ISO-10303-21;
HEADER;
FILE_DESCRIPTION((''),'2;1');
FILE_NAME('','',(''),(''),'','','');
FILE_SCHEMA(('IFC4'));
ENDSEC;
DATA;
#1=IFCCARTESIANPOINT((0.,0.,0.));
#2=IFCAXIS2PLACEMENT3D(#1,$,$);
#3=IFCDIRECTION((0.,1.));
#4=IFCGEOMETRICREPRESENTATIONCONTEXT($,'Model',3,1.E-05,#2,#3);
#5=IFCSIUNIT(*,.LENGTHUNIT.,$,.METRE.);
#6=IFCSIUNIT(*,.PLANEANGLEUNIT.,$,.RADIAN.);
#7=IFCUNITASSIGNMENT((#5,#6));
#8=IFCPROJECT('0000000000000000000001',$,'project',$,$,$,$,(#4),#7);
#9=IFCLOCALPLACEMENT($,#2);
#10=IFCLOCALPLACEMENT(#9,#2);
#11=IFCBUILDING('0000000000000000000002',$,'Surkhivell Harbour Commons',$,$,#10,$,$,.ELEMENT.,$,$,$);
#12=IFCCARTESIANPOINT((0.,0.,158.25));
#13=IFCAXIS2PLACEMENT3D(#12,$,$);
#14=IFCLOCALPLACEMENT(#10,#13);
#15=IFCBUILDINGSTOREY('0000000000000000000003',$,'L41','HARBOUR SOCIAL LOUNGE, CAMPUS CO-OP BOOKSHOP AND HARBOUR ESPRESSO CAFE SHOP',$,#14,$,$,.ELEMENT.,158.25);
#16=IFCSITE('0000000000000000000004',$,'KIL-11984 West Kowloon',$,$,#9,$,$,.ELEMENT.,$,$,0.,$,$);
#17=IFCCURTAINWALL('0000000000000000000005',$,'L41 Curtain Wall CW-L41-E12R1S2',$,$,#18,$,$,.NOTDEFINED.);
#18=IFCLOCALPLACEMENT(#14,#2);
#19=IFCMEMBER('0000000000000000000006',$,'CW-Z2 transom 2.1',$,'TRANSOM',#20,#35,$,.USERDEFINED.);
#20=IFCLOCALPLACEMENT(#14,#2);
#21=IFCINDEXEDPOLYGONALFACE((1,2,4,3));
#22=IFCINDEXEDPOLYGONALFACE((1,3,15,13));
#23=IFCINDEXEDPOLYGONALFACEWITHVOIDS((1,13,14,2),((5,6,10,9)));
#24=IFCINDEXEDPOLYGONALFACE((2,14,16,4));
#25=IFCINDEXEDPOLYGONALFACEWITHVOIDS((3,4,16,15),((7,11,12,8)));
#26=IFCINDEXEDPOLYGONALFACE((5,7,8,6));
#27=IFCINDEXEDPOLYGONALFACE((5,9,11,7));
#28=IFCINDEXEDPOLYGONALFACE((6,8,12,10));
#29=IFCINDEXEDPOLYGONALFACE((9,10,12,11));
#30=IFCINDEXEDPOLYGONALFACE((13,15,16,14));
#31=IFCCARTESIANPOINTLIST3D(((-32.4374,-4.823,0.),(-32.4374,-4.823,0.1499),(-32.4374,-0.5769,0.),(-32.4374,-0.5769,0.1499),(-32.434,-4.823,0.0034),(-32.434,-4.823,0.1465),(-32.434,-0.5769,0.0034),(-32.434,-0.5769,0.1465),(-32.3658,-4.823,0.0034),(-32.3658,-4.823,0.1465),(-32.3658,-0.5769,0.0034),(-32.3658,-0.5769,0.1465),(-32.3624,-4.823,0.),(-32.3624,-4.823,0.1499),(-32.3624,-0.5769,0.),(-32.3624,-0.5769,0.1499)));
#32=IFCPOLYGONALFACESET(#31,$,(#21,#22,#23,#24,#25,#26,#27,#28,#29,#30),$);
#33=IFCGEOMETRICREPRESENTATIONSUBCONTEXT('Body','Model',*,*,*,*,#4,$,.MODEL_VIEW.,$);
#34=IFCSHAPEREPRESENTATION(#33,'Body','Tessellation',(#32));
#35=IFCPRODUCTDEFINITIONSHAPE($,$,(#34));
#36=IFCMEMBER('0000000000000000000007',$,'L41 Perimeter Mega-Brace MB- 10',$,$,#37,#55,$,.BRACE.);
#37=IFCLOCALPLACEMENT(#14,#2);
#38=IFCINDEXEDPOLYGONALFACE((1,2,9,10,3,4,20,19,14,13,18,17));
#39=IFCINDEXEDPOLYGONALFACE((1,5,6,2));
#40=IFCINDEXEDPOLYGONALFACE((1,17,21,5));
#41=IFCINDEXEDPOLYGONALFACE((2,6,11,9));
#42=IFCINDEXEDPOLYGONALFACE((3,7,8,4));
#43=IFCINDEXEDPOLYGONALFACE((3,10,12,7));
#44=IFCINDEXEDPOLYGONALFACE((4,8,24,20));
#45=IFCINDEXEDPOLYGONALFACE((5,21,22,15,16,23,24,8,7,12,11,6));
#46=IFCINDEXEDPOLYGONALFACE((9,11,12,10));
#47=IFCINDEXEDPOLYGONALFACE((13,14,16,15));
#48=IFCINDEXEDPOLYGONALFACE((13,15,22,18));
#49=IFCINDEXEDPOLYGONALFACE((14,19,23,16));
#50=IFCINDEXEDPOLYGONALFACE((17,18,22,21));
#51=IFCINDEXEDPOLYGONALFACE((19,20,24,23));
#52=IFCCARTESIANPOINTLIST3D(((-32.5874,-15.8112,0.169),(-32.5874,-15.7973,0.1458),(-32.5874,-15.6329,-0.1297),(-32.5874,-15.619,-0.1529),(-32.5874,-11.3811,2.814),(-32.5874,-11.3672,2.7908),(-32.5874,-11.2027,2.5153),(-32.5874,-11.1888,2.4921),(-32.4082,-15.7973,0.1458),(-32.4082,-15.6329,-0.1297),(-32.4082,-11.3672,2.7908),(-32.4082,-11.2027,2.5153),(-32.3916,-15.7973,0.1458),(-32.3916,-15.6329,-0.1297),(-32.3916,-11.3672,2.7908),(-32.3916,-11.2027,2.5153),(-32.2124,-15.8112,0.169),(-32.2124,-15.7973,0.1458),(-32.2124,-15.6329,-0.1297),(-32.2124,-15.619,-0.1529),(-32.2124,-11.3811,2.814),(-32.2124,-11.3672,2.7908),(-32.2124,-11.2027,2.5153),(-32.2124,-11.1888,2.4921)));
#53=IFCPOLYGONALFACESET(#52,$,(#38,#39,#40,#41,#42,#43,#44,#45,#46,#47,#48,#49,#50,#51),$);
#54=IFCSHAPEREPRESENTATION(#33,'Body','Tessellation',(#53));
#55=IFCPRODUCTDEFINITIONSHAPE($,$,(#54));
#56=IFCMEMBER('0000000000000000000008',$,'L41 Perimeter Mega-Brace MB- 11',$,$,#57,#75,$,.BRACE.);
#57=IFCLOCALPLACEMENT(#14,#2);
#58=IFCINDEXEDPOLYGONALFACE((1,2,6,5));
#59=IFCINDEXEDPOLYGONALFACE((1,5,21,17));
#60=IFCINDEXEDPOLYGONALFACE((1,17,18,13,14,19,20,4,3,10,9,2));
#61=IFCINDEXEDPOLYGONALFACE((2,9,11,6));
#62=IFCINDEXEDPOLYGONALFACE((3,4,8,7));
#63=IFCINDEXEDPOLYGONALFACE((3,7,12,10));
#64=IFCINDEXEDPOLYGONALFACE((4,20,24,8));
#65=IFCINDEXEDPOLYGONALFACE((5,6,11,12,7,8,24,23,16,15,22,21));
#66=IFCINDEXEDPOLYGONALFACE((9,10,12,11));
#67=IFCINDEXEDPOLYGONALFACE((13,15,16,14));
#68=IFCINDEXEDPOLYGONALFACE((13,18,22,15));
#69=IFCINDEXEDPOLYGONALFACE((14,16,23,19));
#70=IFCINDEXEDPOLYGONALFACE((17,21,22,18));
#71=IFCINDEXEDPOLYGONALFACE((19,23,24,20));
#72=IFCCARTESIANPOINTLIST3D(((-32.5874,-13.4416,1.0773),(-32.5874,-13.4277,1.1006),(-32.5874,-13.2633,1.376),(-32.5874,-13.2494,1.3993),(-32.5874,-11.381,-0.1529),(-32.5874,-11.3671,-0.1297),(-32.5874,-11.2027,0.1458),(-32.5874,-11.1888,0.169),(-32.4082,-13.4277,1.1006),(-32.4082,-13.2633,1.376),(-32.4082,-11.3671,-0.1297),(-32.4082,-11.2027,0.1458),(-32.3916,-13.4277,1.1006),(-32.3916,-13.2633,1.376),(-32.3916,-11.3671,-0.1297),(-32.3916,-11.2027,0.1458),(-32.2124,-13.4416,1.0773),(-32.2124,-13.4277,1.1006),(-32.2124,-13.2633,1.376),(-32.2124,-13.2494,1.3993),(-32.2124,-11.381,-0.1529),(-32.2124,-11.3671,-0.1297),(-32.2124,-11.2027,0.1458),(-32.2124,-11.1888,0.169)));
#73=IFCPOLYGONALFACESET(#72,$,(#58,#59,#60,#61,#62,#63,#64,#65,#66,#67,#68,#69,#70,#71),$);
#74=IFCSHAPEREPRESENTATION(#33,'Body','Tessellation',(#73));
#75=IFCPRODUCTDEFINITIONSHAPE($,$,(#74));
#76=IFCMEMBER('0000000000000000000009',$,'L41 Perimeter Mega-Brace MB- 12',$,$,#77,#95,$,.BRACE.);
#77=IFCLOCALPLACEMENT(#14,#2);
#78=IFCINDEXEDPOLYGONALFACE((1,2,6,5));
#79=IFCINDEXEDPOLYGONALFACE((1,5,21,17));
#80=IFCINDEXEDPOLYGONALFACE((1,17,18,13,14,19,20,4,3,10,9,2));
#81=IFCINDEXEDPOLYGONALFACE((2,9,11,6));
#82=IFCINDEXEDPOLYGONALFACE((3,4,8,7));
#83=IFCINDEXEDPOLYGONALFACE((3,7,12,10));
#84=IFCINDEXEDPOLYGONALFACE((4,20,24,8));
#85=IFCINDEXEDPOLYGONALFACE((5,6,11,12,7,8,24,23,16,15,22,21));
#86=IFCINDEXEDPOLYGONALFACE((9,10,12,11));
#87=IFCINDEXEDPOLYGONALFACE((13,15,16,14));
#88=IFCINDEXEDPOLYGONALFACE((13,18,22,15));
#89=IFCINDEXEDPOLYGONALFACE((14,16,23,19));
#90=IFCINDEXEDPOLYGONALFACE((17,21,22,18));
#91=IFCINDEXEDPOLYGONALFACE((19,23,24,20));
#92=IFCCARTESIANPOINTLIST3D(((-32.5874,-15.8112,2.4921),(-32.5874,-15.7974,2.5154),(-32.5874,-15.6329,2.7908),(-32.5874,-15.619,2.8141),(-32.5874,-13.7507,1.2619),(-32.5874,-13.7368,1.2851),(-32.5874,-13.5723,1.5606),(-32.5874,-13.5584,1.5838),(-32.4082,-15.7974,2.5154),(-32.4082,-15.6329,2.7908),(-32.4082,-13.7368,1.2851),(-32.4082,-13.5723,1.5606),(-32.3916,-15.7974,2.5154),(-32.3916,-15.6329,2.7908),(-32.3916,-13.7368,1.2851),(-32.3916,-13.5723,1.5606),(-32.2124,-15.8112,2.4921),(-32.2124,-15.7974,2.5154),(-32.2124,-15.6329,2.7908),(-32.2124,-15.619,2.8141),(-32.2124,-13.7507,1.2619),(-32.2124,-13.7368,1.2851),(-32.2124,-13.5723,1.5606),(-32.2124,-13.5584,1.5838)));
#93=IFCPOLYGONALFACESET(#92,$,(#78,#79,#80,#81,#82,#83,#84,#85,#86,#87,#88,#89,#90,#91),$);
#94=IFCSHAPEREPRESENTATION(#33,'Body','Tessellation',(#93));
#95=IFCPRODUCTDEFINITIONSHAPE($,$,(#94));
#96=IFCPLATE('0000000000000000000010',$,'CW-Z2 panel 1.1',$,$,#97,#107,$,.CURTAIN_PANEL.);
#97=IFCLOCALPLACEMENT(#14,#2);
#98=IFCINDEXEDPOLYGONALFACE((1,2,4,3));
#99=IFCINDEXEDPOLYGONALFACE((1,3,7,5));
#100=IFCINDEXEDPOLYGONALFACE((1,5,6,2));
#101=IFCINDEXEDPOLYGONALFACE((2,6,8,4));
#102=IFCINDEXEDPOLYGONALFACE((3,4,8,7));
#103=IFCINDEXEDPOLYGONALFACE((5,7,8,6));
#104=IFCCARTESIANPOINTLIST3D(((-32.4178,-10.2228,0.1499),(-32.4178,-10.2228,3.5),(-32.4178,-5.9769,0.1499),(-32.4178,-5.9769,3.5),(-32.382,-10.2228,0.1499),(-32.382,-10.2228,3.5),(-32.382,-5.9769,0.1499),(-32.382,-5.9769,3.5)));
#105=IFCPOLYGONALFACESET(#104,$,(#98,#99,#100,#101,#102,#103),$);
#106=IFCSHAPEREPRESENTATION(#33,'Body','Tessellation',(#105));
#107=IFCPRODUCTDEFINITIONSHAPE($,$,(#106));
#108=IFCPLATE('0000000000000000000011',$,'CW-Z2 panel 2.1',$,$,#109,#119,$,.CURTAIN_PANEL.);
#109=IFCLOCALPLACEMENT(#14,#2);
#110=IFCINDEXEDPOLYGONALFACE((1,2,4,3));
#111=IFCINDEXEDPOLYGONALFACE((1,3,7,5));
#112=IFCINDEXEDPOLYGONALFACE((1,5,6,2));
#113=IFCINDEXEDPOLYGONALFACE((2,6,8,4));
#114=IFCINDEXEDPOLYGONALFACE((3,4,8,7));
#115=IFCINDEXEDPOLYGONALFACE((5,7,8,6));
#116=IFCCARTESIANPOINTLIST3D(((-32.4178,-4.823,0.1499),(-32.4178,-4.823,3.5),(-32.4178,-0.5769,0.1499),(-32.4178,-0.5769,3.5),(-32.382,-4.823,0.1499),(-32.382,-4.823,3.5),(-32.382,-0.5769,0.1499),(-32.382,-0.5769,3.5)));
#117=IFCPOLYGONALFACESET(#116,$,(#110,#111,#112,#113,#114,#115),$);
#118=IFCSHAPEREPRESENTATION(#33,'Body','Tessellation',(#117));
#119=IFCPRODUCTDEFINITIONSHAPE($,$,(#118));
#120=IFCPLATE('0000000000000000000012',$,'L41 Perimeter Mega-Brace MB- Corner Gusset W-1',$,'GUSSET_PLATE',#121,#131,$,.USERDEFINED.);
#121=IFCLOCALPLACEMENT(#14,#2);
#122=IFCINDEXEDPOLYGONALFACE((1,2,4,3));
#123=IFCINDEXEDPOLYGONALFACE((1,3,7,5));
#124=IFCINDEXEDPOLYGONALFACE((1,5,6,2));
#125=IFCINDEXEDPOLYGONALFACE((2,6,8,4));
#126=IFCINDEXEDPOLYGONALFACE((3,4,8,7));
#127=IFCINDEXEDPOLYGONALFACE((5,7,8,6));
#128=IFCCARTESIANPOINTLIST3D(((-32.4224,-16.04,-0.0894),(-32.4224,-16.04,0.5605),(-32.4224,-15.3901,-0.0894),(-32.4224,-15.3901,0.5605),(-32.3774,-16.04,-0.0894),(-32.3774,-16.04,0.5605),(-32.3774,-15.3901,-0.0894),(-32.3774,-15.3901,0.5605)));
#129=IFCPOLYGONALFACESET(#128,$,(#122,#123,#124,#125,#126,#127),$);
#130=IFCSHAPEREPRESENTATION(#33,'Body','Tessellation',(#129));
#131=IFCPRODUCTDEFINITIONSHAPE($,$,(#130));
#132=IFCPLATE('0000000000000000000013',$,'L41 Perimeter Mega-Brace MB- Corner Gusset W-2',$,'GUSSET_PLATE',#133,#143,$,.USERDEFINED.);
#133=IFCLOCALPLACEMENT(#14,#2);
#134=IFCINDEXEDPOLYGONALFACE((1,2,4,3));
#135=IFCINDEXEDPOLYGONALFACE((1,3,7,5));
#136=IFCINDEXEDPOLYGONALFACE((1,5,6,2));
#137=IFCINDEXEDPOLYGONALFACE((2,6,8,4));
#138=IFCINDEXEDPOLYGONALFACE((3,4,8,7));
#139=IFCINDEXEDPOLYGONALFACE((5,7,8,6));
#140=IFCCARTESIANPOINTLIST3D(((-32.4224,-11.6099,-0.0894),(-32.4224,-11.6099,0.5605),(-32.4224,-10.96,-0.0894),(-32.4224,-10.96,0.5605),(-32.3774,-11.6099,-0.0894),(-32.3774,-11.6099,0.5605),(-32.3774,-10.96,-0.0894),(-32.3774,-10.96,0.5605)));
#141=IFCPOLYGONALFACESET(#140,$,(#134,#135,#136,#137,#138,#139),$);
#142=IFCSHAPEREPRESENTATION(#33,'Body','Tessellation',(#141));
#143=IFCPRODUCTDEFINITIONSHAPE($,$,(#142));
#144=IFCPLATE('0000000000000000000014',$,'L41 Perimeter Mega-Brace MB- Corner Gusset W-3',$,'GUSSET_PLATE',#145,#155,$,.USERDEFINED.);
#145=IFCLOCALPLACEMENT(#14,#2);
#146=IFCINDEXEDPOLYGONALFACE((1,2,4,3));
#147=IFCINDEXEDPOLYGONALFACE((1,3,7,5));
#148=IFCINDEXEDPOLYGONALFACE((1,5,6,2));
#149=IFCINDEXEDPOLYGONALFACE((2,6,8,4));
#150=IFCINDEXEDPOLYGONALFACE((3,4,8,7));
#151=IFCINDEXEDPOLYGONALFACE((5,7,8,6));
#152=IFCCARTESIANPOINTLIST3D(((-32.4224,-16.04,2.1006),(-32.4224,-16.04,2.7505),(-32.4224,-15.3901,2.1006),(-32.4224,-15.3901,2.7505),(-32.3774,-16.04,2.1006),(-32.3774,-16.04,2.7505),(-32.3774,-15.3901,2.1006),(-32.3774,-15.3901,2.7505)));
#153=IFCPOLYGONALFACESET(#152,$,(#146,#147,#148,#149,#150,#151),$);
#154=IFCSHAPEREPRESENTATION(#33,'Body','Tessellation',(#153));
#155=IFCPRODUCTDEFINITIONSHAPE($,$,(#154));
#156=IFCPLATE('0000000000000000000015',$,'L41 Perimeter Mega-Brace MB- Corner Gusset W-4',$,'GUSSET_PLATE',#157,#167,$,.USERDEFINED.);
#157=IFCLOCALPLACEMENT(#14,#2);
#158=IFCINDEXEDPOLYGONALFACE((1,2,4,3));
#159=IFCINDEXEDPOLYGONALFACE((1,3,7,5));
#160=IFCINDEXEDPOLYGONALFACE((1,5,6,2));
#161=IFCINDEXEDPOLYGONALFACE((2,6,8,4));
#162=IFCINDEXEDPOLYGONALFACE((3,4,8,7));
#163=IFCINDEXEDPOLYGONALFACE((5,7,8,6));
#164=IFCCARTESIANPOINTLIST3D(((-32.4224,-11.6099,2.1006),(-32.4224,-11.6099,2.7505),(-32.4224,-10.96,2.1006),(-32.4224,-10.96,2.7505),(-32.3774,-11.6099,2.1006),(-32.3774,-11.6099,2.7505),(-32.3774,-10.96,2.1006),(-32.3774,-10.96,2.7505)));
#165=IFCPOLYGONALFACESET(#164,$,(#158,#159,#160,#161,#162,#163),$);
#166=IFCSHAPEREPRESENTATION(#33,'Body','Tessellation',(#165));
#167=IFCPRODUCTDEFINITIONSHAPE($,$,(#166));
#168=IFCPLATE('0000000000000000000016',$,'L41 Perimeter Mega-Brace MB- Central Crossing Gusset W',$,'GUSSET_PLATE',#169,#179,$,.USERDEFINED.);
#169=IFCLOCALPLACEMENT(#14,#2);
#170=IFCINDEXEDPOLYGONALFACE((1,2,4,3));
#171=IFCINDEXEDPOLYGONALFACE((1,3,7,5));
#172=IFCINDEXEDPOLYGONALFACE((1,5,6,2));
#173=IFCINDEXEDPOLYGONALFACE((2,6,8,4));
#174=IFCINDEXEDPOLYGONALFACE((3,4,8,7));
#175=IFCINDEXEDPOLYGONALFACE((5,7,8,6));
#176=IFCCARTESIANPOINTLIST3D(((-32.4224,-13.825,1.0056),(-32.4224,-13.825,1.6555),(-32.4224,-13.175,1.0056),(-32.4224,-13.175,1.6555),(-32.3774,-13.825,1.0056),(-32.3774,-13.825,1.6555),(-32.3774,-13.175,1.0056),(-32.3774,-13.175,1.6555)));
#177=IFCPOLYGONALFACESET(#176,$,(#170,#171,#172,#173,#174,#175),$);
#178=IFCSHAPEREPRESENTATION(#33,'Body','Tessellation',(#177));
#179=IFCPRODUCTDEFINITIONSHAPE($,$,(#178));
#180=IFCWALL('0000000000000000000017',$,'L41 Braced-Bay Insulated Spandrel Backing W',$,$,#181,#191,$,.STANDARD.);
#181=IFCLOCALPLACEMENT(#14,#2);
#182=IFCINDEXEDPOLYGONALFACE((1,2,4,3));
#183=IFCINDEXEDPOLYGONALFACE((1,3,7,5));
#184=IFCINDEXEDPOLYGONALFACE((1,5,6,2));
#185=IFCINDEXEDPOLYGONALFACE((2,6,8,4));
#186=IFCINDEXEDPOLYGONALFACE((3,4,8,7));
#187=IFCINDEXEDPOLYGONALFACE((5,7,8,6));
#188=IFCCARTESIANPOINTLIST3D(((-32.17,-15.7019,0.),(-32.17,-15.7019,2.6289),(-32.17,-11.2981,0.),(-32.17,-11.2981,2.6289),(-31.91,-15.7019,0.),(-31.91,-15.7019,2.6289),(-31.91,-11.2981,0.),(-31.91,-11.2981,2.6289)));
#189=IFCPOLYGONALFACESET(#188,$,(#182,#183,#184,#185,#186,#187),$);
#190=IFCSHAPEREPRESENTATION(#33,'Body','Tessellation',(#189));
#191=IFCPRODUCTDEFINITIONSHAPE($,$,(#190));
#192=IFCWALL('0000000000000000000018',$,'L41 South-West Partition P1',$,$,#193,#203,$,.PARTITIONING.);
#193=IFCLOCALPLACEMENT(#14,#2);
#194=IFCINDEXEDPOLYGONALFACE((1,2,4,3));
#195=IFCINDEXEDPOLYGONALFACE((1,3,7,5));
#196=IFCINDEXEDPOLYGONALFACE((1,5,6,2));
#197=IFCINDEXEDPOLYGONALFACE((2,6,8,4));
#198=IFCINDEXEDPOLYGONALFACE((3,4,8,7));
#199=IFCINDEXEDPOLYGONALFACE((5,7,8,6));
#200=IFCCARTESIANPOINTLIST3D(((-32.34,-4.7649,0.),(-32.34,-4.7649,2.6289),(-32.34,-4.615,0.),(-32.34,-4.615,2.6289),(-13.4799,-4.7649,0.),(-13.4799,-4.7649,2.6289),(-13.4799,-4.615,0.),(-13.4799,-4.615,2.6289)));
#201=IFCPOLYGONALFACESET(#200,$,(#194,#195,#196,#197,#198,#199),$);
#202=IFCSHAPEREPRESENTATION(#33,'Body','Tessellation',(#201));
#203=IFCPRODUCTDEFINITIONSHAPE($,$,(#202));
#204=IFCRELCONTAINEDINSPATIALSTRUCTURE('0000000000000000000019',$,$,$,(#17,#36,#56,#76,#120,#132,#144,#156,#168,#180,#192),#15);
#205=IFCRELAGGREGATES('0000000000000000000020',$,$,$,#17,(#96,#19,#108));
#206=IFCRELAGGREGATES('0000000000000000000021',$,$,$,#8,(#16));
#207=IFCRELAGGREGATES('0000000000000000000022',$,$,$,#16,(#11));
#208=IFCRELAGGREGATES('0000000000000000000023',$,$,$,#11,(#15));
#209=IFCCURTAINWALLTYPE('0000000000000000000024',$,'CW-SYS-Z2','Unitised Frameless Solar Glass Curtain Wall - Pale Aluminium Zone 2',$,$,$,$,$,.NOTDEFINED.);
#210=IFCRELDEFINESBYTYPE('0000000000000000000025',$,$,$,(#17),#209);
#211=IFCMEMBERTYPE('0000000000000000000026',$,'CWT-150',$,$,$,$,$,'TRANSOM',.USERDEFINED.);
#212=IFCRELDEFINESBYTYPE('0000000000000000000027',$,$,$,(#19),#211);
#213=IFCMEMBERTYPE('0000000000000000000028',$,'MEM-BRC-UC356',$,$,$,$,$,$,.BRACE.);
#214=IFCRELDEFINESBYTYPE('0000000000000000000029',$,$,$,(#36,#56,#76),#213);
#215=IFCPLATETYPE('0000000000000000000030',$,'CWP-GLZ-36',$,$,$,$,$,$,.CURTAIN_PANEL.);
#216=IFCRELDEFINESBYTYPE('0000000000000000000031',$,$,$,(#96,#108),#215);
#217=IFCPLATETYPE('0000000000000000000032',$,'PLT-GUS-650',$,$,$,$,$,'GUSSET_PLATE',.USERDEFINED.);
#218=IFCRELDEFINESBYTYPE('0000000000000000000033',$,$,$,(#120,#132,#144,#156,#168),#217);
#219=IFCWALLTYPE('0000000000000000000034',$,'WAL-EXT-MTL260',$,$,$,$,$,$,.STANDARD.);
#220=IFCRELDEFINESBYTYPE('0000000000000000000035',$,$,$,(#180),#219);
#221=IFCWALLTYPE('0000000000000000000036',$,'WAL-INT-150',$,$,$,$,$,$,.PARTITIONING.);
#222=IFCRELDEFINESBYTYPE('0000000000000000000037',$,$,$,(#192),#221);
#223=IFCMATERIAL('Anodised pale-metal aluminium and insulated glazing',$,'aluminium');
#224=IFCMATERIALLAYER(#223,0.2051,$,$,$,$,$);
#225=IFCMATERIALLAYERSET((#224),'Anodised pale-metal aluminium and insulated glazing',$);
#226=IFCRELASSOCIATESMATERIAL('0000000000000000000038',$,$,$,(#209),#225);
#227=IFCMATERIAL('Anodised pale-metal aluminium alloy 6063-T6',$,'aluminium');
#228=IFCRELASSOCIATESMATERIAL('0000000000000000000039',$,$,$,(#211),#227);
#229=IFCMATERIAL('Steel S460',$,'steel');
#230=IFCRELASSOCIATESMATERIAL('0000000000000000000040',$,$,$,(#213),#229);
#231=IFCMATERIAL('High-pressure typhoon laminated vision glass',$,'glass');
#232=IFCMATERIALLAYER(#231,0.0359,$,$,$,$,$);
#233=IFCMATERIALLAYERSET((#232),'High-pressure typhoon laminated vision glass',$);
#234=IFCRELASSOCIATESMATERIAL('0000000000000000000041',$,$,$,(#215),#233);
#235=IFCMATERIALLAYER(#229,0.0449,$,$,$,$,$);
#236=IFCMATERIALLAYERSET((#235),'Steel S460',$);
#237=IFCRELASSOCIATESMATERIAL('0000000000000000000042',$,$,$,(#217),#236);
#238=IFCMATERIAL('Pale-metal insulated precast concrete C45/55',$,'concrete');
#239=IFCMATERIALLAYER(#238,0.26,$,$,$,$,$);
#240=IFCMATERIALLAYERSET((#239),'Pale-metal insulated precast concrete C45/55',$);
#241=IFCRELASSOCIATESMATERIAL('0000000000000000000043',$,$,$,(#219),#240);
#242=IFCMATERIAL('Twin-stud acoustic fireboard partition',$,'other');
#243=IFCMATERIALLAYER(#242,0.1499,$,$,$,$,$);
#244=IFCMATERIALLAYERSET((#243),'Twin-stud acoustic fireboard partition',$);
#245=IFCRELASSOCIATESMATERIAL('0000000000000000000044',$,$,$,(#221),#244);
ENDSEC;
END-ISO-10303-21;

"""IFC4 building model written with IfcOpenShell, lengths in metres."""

from ifc_helpers import new_model, si_unit, direction, frame, frame_2d, origin, origin_2d, place, context, subcontext, project, spatial, rectangle, hollow_rectangle, i_section, extrude, material, layer, layer_set, material_profile, profile_set, type_object, element, aggregate, save


model = new_model("IFC4")

# Units and contexts
model_context = context("Model", 3, precision=1e-05, world=origin(), true_north=direction((0.0, 1.0)))
body_context = subcontext(model_context, "Body", "Model", "MODEL_VIEW")
ifc_project = project(units=[si_unit("LENGTHUNIT", "METRE"), si_unit("PLANEANGLEUNIT", "RADIAN")], contexts=[model_context])

# Site, building, storey
site_placement = place(None, origin())
site = spatial("IfcSite", under=ifc_project, at=site_placement, Name="KIL-11984 West Kowloon", CompositionType="ELEMENT", RefElevation=0.0)
building_placement = place(site_placement, origin())
building = spatial("IfcBuilding", under=site, at=building_placement, Name="Surkhivell Harbour Commons", CompositionType="ELEMENT")
storey_placement = place(building_placement, frame((0.0, 0.0, 158.25)))
storey = spatial("IfcBuildingStorey", under=building, at=storey_placement, Name="L41", Description="HARBOUR SOCIAL LOUNGE, CAMPUS CO-OP BOOKSHOP AND HARBOUR ESPRESSO CAFE SHOP", CompositionType="ELEMENT", Elevation=158.25)

# Shared definitions
ifc_material_1 = material(Name="Steel S460", Category="steel")

# Curtain wall, member
ifc_material_2 = material(Name="Anodised pale-metal aluminium and insulated glazing", Category="aluminium")
ifc_layer_1 = layer(ifc_material_2, 0.2051)
ifc_layer_set_1 = layer_set([ifc_layer_1], Name="Anodised pale-metal aluminium and insulated glazing")
curtain_wall_type = type_object("IfcCurtainWallType", Name="CW-SYS-Z2", Description="Unitised Frameless Solar Glass Curtain Wall - Pale Aluminium Zone 2", PredefinedType="NOTDEFINED", material=ifc_layer_set_1)
curtain_wall_placement = place(storey_placement, origin())
curtain_wall = element("IfcCurtainWall", 1, at=curtain_wall_placement, inside=storey, type_object=curtain_wall_type, Name="L41 Curtain Wall CW-L41-E12R1S2", PredefinedType="NOTDEFINED")
ifc_material_3 = material(Name="Anodised pale-metal aluminium alloy 6063-T6", Category="aluminium")
ifc_material_profile_1 = material_profile(ifc_material_3, hollow_rectangle(XDim=0.075, YDim=0.1499, WallThickness=0.0034, at=origin_2d()), Name="ALU-TRAN-75x150")
ifc_profile_set_1 = profile_set([ifc_material_profile_1], Name="Anodised pale-metal aluminium alloy 6063-T6")
member_type_1 = type_object("IfcMemberType", Name="CWT-150", ElementType="TRANSOM", PredefinedType="USERDEFINED", material=ifc_profile_set_1)
member_1_placement = place(storey_placement, frame((-32.3999, -4.823, 0.075), z_axis=(0.0, 1.0, 0.0), x_axis=(-1.0, 0.0, 0.0)))
member_1 = element("IfcMember", 2, at=member_1_placement, type_object=member_type_1, Name="CW-Z2 transom 2.1", ObjectType="TRANSOM", PredefinedType="USERDEFINED", context=body_context, shape_type="SweptSolid", body=[
    extrude(hollow_rectangle(XDim=0.075, YDim=0.1499, WallThickness=0.0034, at=origin_2d()), origin(), (0.0, 0.0, 1.0), 4.2461),
])

# Members
ifc_material_profile_2 = material_profile(ifc_material_1, i_section(OverallWidth=0.375, OverallDepth=0.375, WebThickness=0.0166, FlangeThickness=0.0271, at=origin_2d()), Name="UC356x368x202")
ifc_profile_set_2 = profile_set([ifc_material_profile_2], Name="Steel S460")
member_type_2 = type_object("IfcMemberType", Name="MEM-BRC-UC356", PredefinedType="BRACE", material=ifc_profile_set_2)
member_2_placement = place(storey_placement, frame((-32.3999, -15.7151, 0.0081), z_axis=(0.0, 0.85861, 0.51263), x_axis=(-1.0, 0.0, 0.0)))
element("IfcMember", 3, at=member_2_placement, inside=storey, type_object=member_type_2, Name="L41 Perimeter Mega-Brace MB- 10", PredefinedType="BRACE", context=body_context, shape_type="SweptSolid", body=[
    extrude(i_section(OverallWidth=0.375, OverallDepth=0.375, WebThickness=0.0166, FlangeThickness=0.0271, at=origin_2d()), origin(), (0.0, 0.0, 1.0), 5.1597),
])
for number, where, z_axis, x_axis, name in (
    (4, (-32.3999, -11.2849, 0.0081), (0.0, -0.858613, 0.512624), (1.0, 0.0, 0.0), "L41 Perimeter Mega-Brace MB- 11"),
    (5, (-32.3999, -13.6545, 1.4229), (0.0, -0.858613, 0.512624), (1.0, 0.0, 0.0), "L41 Perimeter Mega-Brace MB- 12"),
):
    element("IfcMember", number, at=place(storey_placement, frame(where, z_axis=z_axis, x_axis=x_axis)), inside=storey, type_object=member_type_2, Name=name, PredefinedType="BRACE", context=body_context, shape_type="SweptSolid", body=[
        extrude(i_section(OverallWidth=0.375, OverallDepth=0.375, WebThickness=0.0166, FlangeThickness=0.0271, at=origin_2d()), origin(), (0.0, 0.0, 1.0), 2.3999),
    ])

# Plates
ifc_material_4 = material(Name="High-pressure typhoon laminated vision glass", Category="glass")
ifc_layer_2 = layer(ifc_material_4, 0.0359)
ifc_layer_set_2 = layer_set([ifc_layer_2], Name="High-pressure typhoon laminated vision glass")
plate_type_1 = type_object("IfcPlateType", Name="CWP-GLZ-36", PredefinedType="CURTAIN_PANEL", material=ifc_layer_set_2)
plate_1_placement = place(storey_placement, frame((-32.3999, -10.2229, 0.1499), z_axis=(0.0, 0.0, 1.0), x_axis=(0.0, 1.0, 0.0)))
plate_1 = element("IfcPlate", 6, at=plate_1_placement, type_object=plate_type_1, Name="CW-Z2 panel 1.1", PredefinedType="CURTAIN_PANEL", context=body_context, shape_type="SweptSolid", body=[
    extrude(rectangle(XDim=4.2458, YDim=0.0359, at=frame_2d((2.123, 0.0))), origin(), (0.0, 0.0, 1.0), 3.3501),
])
plate_2_placement = place(storey_placement, frame((-32.3999, -4.823, 0.1499), z_axis=(0.0, 0.0, 1.0), x_axis=(0.0, 1.0, 0.0)))
plate_2 = element("IfcPlate", 7, at=plate_2_placement, type_object=plate_type_1, Name="CW-Z2 panel 2.1", PredefinedType="CURTAIN_PANEL", context=body_context, shape_type="SweptSolid", body=[
    extrude(rectangle(XDim=4.2461, YDim=0.0359, at=frame_2d((2.123, 0.0))), origin(), (0.0, 0.0, 1.0), 3.3501),
])
aggregate(curtain_wall, [plate_1, member_1, plate_2])

# Plates
ifc_layer_3 = layer(ifc_material_1, 0.0449)
ifc_layer_set_3 = layer_set([ifc_layer_3], Name="Steel S460")
plate_type_2 = type_object("IfcPlateType", Name="PLT-GUS-650", ElementType="GUSSET_PLATE", PredefinedType="USERDEFINED", material=ifc_layer_set_3)
for number, where, z_axis, x_axis, name in (
    (8, (-32.3999, -15.7151, -0.0894), (0.0, 0.0, 1.0), (0.0, 1.0, 0.0), "L41 Perimeter Mega-Brace MB- Corner Gusset W-1"),
    (9, (-32.3999, -11.2849, -0.0894), (0.0, 0.0, 1.0), (0.0, 1.0, 0.0), "L41 Perimeter Mega-Brace MB- Corner Gusset W-2"),
    (10, (-32.3999, -15.7151, 2.1006), (0.0, 0.0, 1.0), (0.0, 1.0, 0.0), "L41 Perimeter Mega-Brace MB- Corner Gusset W-3"),
    (11, (-32.3999, -11.2849, 2.1006), (0.0, 0.0, 1.0), (0.0, 1.0, 0.0), "L41 Perimeter Mega-Brace MB- Corner Gusset W-4"),
    (12, (-32.3999, -13.5, 1.0056), (0.0, 0.0, 1.0), (0.0, 1.0, 0.0), "L41 Perimeter Mega-Brace MB- Central Crossing Gusset W"),
):
    element("IfcPlate", number, at=place(storey_placement, frame(where, z_axis=z_axis, x_axis=x_axis)), inside=storey, type_object=plate_type_2, Name=name, ObjectType="GUSSET_PLATE", PredefinedType="USERDEFINED", context=body_context, shape_type="SweptSolid", body=[
        extrude(rectangle(XDim=0.6499, YDim=0.0449, at=origin_2d()), origin(), (0.0, 0.0, 1.0), 0.6499),
    ])

# Walls
ifc_material_5 = material(Name="Pale-metal insulated precast concrete C45/55", Category="concrete")
ifc_layer_4 = layer(ifc_material_5, 0.26)
ifc_layer_set_4 = layer_set([ifc_layer_4], Name="Pale-metal insulated precast concrete C45/55")
wall_type_1 = type_object("IfcWallType", Name="WAL-EXT-MTL260", PredefinedType="STANDARD", material=ifc_layer_set_4)
wall_1_placement = place(storey_placement, frame((-32.04, -15.7019, 0.0), z_axis=(0.0, 0.0, 1.0), x_axis=(0.0, 1.0, 0.0)))
element("IfcWall", 13, at=wall_1_placement, inside=storey, type_object=wall_type_1, Name="L41 Braced-Bay Insulated Spandrel Backing W", PredefinedType="STANDARD", context=body_context, shape_type="SweptSolid", body=[
    extrude(rectangle(XDim=4.4038, YDim=0.26, at=frame_2d((2.2019, 0.0))), origin(), (0.0, 0.0, 1.0), 2.6289),
])
ifc_material_6 = material(Name="Twin-stud acoustic fireboard partition", Category="other")
ifc_layer_5 = layer(ifc_material_6, 0.1499)
ifc_layer_set_5 = layer_set([ifc_layer_5], Name="Twin-stud acoustic fireboard partition")
wall_type_2 = type_object("IfcWallType", Name="WAL-INT-150", PredefinedType="PARTITIONING", material=ifc_layer_set_5)
wall_2_placement = place(storey_placement, frame((-32.3401, -4.6899, 0.0), z_axis=(0.0, 0.0, 1.0), x_axis=(1.0, 0.0, 0.0)))
element("IfcWall", 14, at=wall_2_placement, inside=storey, type_object=wall_type_2, Name="L41 South-West Partition P1", PredefinedType="PARTITIONING", context=body_context, shape_type="SweptSolid", body=[
    extrude(rectangle(XDim=18.8601, YDim=0.1499, at=frame_2d((9.4302, 0.0))), origin(), (0.0, 0.0, 1.0), 2.6289),
])

save(model, "model.ifc")
